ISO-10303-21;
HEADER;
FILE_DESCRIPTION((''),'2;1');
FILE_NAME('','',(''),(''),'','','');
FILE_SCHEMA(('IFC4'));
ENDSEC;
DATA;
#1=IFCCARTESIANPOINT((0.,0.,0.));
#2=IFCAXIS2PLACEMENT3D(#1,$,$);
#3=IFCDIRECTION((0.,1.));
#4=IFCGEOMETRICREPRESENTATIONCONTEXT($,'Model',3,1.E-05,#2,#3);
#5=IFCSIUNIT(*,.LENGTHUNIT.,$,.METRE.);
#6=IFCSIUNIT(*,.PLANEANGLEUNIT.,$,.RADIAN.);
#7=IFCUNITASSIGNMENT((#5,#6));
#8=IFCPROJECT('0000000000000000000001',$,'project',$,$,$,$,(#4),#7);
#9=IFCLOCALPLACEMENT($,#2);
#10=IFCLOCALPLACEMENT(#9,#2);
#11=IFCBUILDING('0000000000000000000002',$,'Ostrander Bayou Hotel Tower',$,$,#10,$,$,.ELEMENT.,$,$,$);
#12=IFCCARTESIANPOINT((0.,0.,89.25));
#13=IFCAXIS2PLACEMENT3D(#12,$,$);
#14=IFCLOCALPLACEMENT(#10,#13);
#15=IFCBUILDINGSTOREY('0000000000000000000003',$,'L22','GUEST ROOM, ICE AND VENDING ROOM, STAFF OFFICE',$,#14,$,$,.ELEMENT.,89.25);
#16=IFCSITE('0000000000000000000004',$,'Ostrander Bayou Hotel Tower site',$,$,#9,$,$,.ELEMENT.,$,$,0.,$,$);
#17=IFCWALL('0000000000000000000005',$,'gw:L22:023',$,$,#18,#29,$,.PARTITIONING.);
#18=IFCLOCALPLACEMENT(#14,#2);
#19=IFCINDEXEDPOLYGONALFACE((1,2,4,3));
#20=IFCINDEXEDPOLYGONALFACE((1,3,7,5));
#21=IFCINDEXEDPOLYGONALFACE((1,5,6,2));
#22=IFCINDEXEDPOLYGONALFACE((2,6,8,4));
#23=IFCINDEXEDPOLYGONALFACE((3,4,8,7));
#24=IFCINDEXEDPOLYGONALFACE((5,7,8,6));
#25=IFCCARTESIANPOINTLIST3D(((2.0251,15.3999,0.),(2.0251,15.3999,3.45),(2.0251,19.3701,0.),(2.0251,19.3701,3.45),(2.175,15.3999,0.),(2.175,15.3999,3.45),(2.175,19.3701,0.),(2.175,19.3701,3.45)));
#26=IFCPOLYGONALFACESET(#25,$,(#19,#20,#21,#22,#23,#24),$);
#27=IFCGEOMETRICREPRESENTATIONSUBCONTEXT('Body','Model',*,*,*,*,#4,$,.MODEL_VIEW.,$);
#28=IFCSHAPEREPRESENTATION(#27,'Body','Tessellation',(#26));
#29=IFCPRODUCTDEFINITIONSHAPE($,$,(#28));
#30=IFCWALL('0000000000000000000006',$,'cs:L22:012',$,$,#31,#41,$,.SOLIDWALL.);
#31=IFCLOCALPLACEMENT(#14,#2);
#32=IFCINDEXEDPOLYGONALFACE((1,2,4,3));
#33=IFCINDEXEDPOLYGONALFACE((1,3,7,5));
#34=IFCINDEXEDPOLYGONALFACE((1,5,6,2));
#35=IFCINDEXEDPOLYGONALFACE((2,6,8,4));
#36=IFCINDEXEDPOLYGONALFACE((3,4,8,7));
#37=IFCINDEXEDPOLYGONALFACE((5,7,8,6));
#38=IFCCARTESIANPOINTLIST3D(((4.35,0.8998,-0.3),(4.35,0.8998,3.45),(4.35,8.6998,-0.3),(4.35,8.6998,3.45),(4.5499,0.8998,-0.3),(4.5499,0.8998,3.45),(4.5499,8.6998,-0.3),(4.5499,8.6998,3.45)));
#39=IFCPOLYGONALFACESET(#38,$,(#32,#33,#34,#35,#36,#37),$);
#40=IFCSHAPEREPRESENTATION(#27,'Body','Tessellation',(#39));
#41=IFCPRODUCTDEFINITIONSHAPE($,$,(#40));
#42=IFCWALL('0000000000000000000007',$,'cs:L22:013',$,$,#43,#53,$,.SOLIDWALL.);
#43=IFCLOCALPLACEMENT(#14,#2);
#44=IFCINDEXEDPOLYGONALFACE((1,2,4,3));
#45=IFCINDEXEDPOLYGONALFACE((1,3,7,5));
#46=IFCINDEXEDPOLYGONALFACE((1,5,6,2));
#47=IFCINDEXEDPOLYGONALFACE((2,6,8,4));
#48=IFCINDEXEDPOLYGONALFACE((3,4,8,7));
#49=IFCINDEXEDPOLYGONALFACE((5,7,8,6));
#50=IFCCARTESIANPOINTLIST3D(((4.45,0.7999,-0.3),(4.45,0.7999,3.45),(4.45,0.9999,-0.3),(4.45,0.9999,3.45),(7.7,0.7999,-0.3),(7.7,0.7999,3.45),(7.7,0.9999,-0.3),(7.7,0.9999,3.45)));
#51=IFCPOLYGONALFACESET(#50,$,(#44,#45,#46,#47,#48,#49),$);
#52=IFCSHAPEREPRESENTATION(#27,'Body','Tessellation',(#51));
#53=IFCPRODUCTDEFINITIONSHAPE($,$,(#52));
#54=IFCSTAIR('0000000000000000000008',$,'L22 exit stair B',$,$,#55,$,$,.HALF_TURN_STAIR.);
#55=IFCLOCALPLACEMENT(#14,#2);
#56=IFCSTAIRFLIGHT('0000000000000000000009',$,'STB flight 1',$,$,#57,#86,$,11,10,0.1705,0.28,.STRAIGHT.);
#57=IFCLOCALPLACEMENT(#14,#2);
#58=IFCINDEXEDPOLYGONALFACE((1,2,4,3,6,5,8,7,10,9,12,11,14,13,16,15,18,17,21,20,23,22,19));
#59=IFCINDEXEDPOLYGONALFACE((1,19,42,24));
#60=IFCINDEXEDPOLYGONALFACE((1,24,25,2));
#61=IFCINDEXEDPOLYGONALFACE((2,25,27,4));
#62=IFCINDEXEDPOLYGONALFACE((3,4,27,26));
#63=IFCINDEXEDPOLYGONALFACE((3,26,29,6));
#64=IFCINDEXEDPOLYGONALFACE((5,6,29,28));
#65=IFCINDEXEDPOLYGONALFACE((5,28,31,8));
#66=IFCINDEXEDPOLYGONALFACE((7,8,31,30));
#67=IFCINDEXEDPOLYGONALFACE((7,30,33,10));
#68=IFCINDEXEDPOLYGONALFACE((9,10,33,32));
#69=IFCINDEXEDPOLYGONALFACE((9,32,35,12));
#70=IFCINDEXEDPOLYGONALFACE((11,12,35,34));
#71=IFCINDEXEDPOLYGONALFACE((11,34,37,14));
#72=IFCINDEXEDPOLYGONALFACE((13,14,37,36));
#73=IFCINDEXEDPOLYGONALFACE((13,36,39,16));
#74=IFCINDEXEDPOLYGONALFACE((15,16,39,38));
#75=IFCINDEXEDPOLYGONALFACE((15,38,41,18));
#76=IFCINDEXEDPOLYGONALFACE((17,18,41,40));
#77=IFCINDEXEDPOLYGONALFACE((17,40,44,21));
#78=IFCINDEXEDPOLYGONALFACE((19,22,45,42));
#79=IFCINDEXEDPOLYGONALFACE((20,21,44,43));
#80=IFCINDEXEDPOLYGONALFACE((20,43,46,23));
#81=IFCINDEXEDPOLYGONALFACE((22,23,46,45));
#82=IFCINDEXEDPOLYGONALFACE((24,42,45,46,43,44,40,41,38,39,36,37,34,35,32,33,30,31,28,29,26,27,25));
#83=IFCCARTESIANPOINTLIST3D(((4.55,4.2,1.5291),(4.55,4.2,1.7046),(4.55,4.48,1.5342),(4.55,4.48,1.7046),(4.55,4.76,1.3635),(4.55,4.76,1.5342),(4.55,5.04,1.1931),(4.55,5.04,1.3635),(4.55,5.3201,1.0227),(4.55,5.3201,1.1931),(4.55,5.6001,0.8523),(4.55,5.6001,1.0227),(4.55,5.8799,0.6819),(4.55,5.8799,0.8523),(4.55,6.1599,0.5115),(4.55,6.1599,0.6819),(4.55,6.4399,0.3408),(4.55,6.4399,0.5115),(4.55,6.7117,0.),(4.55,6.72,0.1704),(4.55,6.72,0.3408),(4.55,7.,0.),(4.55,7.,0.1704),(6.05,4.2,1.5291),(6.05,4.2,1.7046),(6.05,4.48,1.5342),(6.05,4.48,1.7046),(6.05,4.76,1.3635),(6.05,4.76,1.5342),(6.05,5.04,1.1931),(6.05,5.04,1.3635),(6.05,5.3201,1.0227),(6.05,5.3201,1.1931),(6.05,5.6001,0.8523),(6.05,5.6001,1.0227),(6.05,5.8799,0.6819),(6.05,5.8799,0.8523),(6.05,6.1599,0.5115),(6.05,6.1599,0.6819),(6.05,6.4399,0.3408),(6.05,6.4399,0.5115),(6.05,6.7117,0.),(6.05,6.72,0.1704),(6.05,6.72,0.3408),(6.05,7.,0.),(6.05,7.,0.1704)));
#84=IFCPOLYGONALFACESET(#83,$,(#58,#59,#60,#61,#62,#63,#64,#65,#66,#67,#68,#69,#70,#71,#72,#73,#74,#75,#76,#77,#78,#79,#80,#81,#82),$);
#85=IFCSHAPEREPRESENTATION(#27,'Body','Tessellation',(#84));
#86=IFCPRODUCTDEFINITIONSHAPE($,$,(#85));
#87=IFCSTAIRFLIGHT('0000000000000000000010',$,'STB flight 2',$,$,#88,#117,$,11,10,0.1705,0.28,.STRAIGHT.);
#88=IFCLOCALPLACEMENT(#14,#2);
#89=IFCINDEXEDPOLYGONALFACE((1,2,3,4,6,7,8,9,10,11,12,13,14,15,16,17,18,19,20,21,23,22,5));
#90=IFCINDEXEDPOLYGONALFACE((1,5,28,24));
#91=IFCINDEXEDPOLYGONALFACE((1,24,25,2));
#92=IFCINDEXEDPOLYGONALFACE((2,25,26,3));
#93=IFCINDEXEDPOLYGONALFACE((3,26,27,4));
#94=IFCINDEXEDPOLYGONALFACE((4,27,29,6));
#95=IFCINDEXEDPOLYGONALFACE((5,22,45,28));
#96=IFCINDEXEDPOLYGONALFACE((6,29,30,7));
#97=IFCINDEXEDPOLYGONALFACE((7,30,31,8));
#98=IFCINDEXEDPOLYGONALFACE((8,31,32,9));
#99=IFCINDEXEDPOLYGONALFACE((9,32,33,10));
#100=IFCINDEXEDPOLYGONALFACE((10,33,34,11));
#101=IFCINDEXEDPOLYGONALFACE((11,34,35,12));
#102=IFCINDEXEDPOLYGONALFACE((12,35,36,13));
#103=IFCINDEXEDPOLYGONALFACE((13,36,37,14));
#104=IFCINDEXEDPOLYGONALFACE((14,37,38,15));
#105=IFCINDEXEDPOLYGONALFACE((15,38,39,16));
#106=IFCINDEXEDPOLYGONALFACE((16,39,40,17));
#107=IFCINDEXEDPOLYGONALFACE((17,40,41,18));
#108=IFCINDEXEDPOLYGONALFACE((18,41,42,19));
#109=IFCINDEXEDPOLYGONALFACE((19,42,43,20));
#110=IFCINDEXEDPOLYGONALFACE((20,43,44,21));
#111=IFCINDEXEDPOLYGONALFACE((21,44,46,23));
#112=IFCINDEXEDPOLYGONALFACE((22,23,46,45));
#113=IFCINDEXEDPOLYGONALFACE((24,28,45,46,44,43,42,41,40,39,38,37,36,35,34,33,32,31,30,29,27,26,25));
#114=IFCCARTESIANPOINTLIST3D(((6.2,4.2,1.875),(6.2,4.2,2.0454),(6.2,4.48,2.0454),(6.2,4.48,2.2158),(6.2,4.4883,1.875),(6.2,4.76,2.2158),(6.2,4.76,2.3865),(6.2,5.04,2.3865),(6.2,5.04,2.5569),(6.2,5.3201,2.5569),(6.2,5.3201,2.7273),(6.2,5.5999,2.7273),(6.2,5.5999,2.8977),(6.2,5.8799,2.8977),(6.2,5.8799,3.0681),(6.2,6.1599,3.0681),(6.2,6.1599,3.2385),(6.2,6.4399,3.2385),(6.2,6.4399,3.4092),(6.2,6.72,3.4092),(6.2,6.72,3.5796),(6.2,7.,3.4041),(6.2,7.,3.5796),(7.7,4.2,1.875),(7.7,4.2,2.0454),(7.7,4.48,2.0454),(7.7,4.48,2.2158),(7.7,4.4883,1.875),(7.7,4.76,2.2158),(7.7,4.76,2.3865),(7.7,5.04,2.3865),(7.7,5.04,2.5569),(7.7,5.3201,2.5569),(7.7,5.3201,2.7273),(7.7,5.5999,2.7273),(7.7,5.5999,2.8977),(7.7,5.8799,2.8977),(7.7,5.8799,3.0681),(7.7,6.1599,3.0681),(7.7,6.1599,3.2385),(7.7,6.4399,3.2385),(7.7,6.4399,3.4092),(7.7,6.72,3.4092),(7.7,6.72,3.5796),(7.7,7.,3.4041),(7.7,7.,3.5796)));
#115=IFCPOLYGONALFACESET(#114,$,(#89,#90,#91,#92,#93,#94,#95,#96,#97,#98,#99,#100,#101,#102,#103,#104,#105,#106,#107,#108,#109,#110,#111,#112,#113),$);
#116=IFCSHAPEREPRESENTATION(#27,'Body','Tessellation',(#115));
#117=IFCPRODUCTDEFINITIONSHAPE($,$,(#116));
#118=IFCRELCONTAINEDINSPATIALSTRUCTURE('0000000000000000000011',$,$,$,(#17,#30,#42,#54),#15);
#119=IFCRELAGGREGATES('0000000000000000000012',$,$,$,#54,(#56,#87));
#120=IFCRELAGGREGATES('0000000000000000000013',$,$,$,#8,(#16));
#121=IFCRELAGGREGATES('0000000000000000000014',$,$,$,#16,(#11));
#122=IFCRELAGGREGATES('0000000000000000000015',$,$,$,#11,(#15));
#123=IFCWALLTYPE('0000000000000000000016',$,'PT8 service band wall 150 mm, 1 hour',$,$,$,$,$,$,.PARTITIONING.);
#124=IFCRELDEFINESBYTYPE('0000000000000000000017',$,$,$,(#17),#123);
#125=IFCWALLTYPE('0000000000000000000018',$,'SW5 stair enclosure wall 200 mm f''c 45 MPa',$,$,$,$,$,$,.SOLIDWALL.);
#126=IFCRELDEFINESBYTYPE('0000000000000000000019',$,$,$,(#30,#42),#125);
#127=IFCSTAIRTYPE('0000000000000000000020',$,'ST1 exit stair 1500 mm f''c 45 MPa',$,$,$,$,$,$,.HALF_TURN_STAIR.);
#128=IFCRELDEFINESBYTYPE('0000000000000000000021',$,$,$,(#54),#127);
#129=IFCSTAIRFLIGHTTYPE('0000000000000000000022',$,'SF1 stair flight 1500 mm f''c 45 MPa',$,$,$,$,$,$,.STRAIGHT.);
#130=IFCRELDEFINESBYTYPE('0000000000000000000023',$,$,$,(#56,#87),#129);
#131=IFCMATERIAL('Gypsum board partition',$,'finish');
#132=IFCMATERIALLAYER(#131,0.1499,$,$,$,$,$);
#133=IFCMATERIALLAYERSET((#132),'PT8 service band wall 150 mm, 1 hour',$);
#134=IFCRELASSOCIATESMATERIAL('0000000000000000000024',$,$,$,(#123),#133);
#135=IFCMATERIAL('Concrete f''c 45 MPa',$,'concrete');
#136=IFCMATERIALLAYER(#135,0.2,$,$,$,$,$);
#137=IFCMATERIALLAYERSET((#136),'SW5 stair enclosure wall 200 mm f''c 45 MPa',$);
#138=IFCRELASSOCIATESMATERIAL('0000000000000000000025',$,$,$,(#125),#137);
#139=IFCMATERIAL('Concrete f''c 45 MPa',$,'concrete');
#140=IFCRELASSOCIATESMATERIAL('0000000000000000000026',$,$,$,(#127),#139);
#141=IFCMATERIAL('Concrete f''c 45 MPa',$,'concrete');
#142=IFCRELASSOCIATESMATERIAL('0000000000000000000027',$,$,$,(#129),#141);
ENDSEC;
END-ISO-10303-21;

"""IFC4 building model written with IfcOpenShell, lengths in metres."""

from ifc_helpers import new_model, si_unit, direction, frame, frame_2d, origin, place, context, subcontext, project, spatial, polyline, rectangle, outline, extrude, material, layer, layer_set, type_object, element, aggregate, save


model = new_model("IFC4")

# Units and contexts
model_context = context("Model", 3, precision=1e-05, world=origin(), true_north=direction((0.0, 1.0)))
body_context = subcontext(model_context, "Body", "Model", "MODEL_VIEW")
ifc_project = project(units=[si_unit("LENGTHUNIT", "METRE"), si_unit("PLANEANGLEUNIT", "RADIAN")], contexts=[model_context])

# Site, building, storey
site_placement = place(None, origin())
site = spatial("IfcSite", under=ifc_project, at=site_placement, Name="Ostrander Bayou Hotel Tower site", CompositionType="ELEMENT", RefElevation=0.0)
building_placement = place(site_placement, origin())
building = spatial("IfcBuilding", under=site, at=building_placement, Name="Ostrander Bayou Hotel Tower", CompositionType="ELEMENT")
storey_placement = place(building_placement, frame((0.0, 0.0, 89.25)))
storey = spatial("IfcBuildingStorey", under=building, at=storey_placement, Name="L22", Description="GUEST ROOM, ICE AND VENDING ROOM, STAFF OFFICE", CompositionType="ELEMENT", Elevation=89.25)

# Walls
ifc_material_1 = material(Name="Gypsum board partition", Category="finish")
ifc_layer_1 = layer(ifc_material_1, 0.1499)
ifc_layer_set_1 = layer_set([ifc_layer_1], Name="PT8 service band wall 150 mm, 1 hour")
wall_type_1 = type_object("IfcWallType", Name="PT8 service band wall 150 mm, 1 hour", PredefinedType="PARTITIONING", material=ifc_layer_set_1)
wall_1_placement = place(storey_placement, frame((2.1001, 15.3999, 0.0), z_axis=(0.0, 0.0, 1.0), x_axis=(0.0, 1.0, 0.0)))
element("IfcWall", 1, at=wall_1_placement, inside=storey, type_object=wall_type_1, Name="gw:L22:023", PredefinedType="PARTITIONING", context=body_context, shape_type="SweptSolid", body=[
    extrude(rectangle(XDim=3.9702, YDim=0.1499, at=frame_2d((1.9851, 0.0))), origin(), (0.0, 0.0, 1.0), 3.45),
])
ifc_material_2 = material(Name="Concrete f'c 45 MPa", Category="concrete")
ifc_layer_2 = layer(ifc_material_2, 0.2)
ifc_layer_set_2 = layer_set([ifc_layer_2], Name="SW5 stair enclosure wall 200 mm f'c 45 MPa")
wall_type_2 = type_object("IfcWallType", Name="SW5 stair enclosure wall 200 mm f'c 45 MPa", PredefinedType="SOLIDWALL", material=ifc_layer_set_2)
wall_2_placement = place(storey_placement, frame((4.45, 0.8999, -0.3), z_axis=(0.0, 0.0, 1.0), x_axis=(0.0, 1.0, 0.0)))
element("IfcWall", 2, at=wall_2_placement, inside=storey, type_object=wall_type_2, Name="cs:L22:012", PredefinedType="SOLIDWALL", context=body_context, shape_type="SweptSolid", body=[
    extrude(rectangle(XDim=7.8, YDim=0.2, at=frame_2d((3.8999, 0.0))), origin(), (0.0, 0.0, 1.0), 3.75),
])
wall_3_placement = place(storey_placement, frame((4.45, 0.8999, -0.3), z_axis=(0.0, 0.0, 1.0), x_axis=(1.0, 0.0, 0.0)))
element("IfcWall", 3, at=wall_3_placement, inside=storey, type_object=wall_type_2, Name="cs:L22:013", PredefinedType="SOLIDWALL", context=body_context, shape_type="SweptSolid", body=[
    extrude(rectangle(XDim=3.25, YDim=0.2, at=frame_2d((1.625, 0.0))), origin(), (0.0, 0.0, 1.0), 3.75),
])

# Stair, stair flights
ifc_material_3 = material(Name="Concrete f'c 45 MPa", Category="concrete")
stair_type = type_object("IfcStairType", Name="ST1 exit stair 1500 mm f'c 45 MPa", PredefinedType="HALF_TURN_STAIR", material=ifc_material_3)
stair_placement = place(storey_placement, origin())
stair = element("IfcStair", 4, at=stair_placement, inside=storey, type_object=stair_type, Name="L22 exit stair B", PredefinedType="HALF_TURN_STAIR")
ifc_material_4 = material(Name="Concrete f'c 45 MPa", Category="concrete")
stair_flight_type = type_object("IfcStairFlightType", Name="SF1 stair flight 1500 mm f'c 45 MPa", PredefinedType="STRAIGHT", material=ifc_material_4)
stair_flight_1_placement = place(storey_placement, frame((5.3, 7.0, 0.0), z_axis=(0.0, 0.0, 1.0), x_axis=(0.0, -1.0, 0.0)))
stair_flight_1 = element("IfcStairFlight", 5, at=stair_flight_1_placement, type_object=stair_flight_type, Name="STB flight 1", NumberOfRisers=11, NumberOfTreads=10, PredefinedType="STRAIGHT", RiserHeight=0.1705, TreadLength=0.28, context=body_context, shape_type="SweptSolid", body=[
    extrude(outline(polyline([(0.0, 0.0), (0.0, 0.1704), (0.28, 0.1704), (0.28, 0.3408), (0.5601, 0.3408), (0.5601, 0.5115), (0.8401, 0.5115), (0.8401, 0.6819), (1.1201, 0.6819), (1.1201, 0.8523), (1.3999, 0.8523), (1.3999, 1.0227), (1.6799, 1.0227), (1.6799, 1.1931), (1.96, 1.1931), (1.96, 1.3635), (2.24, 1.3635), (2.24, 1.5342), (2.52, 1.5342), (2.52, 1.7046), (2.8, 1.7046), (2.8, 1.875), (2.8, 1.5291), (0.2883, 0.0), (0.0, 0.0)])), frame((0.0, 0.75, 0.0), z_axis=(0.0, -1.0, 0.0), x_axis=(1.0, 0.0, 0.0)), (0.0, 0.0, 1.0), 1.5),
])
stair_flight_2_placement = place(storey_placement, frame((6.95, 4.2, 1.875), z_axis=(0.0, 0.0, 1.0), x_axis=(0.0, 1.0, 0.0)))
stair_flight_2 = element("IfcStairFlight", 6, at=stair_flight_2_placement, type_object=stair_flight_type, Name="STB flight 2", NumberOfRisers=11, NumberOfTreads=10, PredefinedType="STRAIGHT", RiserHeight=0.1705, TreadLength=0.28, context=body_context, shape_type="SweptSolid", body=[
    extrude(outline(polyline([(0.0, 0.0), (0.0, 0.1704), (0.28, 0.1704), (0.28, 0.3408), (0.5601, 0.3408), (0.5601, 0.5115), (0.8401, 0.5115), (0.8401, 0.6819), (1.1201, 0.6819), (1.1201, 0.8523), (1.3999, 0.8523), (1.3999, 1.0227), (1.6799, 1.0227), (1.6799, 1.1931), (1.96, 1.1931), (1.96, 1.3635), (2.24, 1.3635), (2.24, 1.5342), (2.52, 1.5342), (2.52, 1.7046), (2.8, 1.7046), (2.8, 1.875), (2.8, 1.5291), (0.2883, 0.0), (0.0, 0.0)])), frame((0.0, 0.75, 0.0), z_axis=(0.0, -1.0, 0.0), x_axis=(1.0, 0.0, 0.0)), (0.0, 0.0, 1.0), 1.5),
])
aggregate(stair, [stair_flight_1, stair_flight_2])

save(model, "model.ifc")
